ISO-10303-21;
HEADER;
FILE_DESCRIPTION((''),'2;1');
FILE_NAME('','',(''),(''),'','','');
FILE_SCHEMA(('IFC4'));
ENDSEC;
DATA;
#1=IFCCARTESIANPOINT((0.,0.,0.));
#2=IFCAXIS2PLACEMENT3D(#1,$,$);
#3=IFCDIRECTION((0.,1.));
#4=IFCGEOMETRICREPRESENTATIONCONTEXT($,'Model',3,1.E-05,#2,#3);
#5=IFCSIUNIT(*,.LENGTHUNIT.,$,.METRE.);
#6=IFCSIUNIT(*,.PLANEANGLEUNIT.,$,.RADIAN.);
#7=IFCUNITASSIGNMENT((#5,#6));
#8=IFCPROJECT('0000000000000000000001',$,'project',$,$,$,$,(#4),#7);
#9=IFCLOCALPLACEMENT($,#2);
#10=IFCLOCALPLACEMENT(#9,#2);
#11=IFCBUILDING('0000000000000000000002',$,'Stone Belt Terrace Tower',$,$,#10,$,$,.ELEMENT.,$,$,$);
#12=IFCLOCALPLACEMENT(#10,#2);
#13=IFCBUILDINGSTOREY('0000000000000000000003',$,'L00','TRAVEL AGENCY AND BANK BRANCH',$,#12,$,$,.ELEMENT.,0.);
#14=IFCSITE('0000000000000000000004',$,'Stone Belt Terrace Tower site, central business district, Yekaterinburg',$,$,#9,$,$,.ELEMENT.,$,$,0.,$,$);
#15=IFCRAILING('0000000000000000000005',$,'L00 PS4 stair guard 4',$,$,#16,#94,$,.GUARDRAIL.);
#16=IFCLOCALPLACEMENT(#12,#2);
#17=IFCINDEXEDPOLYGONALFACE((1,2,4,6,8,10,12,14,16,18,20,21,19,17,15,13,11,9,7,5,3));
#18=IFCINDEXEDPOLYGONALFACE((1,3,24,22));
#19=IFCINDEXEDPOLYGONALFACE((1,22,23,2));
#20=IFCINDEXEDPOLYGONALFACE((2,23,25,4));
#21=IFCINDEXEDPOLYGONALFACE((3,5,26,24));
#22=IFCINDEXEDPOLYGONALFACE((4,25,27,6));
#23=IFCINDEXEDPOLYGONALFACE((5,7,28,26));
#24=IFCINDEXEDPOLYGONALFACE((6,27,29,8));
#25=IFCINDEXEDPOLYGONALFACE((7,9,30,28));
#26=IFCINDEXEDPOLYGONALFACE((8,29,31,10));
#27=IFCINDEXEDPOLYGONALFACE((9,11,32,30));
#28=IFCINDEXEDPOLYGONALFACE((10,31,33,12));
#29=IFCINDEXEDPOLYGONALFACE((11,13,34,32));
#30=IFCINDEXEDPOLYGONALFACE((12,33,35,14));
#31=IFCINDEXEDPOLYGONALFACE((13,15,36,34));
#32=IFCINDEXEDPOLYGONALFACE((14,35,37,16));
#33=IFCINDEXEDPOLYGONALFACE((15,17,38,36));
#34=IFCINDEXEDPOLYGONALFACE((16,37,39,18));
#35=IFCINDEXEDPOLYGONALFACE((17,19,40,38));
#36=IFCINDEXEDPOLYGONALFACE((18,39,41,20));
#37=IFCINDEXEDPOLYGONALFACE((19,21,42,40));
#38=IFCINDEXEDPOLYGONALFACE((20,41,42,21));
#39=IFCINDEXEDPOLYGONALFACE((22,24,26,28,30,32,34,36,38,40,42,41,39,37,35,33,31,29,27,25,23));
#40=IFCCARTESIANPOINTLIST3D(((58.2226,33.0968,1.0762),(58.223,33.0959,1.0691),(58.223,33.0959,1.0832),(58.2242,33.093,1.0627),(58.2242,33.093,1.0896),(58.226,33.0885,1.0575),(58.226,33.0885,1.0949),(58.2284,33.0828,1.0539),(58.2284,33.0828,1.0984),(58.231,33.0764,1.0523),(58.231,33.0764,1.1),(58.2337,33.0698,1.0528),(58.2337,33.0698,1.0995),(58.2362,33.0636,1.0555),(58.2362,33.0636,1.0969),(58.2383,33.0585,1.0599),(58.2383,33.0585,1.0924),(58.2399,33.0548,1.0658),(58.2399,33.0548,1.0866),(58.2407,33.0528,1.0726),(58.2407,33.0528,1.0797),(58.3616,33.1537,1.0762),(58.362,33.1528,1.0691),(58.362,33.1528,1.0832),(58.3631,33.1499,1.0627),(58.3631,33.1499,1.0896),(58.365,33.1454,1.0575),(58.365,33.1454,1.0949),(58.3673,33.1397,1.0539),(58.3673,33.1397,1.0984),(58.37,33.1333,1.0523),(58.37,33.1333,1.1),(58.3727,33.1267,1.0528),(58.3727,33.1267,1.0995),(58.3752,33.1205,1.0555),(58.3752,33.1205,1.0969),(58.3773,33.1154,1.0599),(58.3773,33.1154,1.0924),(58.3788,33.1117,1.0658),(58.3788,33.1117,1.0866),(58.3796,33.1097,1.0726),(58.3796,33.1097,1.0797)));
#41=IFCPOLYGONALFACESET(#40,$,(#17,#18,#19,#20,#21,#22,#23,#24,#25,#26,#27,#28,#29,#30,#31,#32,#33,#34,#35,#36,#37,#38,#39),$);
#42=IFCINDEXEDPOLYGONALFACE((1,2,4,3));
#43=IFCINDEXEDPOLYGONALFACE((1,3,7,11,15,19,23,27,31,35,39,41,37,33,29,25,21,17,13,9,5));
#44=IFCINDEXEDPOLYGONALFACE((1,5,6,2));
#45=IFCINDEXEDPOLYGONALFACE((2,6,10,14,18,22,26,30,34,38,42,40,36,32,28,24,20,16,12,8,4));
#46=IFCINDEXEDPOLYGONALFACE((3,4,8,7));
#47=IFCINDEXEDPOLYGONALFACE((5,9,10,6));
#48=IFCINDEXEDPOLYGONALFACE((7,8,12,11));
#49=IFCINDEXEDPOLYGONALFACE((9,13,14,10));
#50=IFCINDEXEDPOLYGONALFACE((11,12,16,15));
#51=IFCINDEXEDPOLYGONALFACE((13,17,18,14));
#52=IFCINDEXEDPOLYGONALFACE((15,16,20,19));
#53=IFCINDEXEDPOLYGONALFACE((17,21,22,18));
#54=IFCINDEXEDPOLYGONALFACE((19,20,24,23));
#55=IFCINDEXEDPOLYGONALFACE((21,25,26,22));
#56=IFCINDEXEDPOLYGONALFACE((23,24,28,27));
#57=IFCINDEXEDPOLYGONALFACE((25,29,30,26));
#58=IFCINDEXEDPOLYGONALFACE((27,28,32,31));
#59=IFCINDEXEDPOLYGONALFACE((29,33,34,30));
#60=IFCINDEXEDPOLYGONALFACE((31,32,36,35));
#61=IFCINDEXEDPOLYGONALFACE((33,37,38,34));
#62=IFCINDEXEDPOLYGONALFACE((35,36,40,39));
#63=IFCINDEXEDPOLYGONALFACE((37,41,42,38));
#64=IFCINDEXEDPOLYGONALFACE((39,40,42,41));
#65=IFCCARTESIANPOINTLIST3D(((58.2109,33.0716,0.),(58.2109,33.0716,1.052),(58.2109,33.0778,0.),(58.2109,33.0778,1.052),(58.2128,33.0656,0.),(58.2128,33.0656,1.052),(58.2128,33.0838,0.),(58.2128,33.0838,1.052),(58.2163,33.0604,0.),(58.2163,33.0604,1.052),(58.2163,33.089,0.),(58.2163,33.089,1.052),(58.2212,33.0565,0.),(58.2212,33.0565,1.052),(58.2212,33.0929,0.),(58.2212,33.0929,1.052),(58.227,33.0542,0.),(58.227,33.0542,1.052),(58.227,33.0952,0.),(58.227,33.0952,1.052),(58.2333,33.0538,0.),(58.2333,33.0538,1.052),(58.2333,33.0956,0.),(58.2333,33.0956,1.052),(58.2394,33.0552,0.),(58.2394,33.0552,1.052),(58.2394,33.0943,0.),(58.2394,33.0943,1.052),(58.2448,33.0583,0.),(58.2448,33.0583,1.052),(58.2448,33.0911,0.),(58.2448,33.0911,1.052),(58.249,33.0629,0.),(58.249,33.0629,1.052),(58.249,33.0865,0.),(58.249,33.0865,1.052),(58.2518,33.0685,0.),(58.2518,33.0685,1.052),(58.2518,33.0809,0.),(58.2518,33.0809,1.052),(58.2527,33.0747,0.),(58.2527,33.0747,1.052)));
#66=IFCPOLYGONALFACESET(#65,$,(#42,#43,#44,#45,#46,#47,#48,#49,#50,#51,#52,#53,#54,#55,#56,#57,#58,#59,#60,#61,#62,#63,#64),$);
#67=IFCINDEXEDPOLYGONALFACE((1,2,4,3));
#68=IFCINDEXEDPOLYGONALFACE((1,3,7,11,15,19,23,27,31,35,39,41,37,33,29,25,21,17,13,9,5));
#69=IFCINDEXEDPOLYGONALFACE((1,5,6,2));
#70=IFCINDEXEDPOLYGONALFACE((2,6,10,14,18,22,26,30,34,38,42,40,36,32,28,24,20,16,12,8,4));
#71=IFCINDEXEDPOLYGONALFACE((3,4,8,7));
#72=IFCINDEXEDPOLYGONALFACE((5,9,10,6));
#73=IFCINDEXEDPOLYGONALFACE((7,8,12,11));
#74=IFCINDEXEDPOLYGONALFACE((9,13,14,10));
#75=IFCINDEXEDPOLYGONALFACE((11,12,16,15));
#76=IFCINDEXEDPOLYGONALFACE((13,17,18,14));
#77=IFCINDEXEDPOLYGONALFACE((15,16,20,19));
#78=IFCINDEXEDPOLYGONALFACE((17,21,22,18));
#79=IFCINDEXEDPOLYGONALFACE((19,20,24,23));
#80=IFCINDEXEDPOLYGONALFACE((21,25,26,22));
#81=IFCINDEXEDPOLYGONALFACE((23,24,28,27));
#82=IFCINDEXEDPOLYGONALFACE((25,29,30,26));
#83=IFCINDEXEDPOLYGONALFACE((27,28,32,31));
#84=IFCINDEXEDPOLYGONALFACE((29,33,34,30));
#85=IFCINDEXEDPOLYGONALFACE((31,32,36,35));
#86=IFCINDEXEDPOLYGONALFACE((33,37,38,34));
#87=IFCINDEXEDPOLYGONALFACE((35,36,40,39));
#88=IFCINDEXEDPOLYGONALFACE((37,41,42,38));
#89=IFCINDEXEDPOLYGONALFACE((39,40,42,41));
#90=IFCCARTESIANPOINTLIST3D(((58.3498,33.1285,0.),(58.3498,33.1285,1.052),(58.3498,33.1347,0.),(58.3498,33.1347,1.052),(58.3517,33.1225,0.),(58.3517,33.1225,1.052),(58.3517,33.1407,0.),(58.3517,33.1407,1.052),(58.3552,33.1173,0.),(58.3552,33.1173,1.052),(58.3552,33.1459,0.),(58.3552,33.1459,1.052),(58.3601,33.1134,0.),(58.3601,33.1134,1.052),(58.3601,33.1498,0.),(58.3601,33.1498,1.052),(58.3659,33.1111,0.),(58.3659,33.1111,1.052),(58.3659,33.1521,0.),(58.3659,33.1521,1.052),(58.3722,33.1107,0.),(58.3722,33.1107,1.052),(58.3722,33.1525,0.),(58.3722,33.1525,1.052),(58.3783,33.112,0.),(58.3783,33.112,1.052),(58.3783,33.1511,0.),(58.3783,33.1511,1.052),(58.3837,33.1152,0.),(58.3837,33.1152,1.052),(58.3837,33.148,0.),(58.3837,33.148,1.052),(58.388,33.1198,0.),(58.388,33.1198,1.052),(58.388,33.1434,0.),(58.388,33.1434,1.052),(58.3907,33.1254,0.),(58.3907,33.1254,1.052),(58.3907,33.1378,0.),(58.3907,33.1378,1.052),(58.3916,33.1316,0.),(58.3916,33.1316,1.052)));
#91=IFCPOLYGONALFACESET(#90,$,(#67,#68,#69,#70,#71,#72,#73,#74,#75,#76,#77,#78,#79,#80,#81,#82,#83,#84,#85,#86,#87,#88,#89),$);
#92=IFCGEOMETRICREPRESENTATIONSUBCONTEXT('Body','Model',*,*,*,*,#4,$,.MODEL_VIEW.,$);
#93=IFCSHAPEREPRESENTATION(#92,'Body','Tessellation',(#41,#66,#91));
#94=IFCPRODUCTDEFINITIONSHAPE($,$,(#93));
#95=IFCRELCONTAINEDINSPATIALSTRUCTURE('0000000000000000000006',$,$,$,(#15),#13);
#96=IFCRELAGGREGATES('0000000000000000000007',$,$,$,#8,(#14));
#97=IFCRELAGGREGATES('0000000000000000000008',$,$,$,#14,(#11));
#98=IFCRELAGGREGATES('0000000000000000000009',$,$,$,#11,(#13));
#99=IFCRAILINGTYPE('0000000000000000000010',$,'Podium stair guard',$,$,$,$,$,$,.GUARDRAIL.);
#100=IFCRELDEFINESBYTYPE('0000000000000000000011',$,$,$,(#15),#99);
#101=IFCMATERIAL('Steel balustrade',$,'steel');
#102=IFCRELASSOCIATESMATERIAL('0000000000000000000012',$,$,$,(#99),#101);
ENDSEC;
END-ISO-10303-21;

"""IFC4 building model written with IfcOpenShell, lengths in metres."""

from ifc_helpers import new_model, si_unit, direction, frame, origin, origin_2d, place, context, subcontext, project, spatial, circle, extrude, material, type_object, element, save


model = new_model("IFC4")

# Units and contexts
model_context = context("Model", 3, precision=1e-05, world=origin(), true_north=direction((0.0, 1.0)))
body_context = subcontext(model_context, "Body", "Model", "MODEL_VIEW")
ifc_project = project(units=[si_unit("LENGTHUNIT", "METRE"), si_unit("PLANEANGLEUNIT", "RADIAN")], contexts=[model_context])

# Site, building, storey
site_placement = place(None, origin())
site = spatial("IfcSite", under=ifc_project, at=site_placement, Name="Stone Belt Terrace Tower site, central business district, Yekaterinburg", CompositionType="ELEMENT", RefElevation=0.0)
building_placement = place(site_placement, origin())
building = spatial("IfcBuilding", under=site, at=building_placement, Name="Stone Belt Terrace Tower", CompositionType="ELEMENT")
storey_placement = place(building_placement, origin())
storey = spatial("IfcBuildingStorey", under=building, at=storey_placement, Name="L00", Description="TRAVEL AGENCY AND BANK BRANCH", CompositionType="ELEMENT", Elevation=0.0)

# Railing
ifc_material_1 = material(Name="Steel balustrade", Category="steel")
railing_type_1 = type_object("IfcRailingType", Name="Podium stair guard", PredefinedType="GUARDRAIL", material=ifc_material_1)
railing_1_placement = place(storey_placement, frame((58.2317, 33.0747, 0.0)))
element("IfcRailing", 1, at=railing_1_placement, inside=storey, type_object=railing_type_1, Name="L00 PS4 stair guard 4", PredefinedType="GUARDRAIL", context=body_context, shape_type="SweptSolid", body=[
    extrude(circle(Radius=0.0239, at=origin_2d()), frame((0.0, 0.0, 1.0762), z_axis=(0.925417, 0.378949, 0.0), x_axis=(-0.378949, 0.925417, 0.0)), (0.0, 0.0, 1.0), 0.1501),
    extrude(circle(Radius=0.021, at=origin_2d()), origin(), (0.0, 0.0, 1.0), 1.052),
    extrude(circle(Radius=0.021, at=origin_2d()), frame((0.1389, 0.0569, 0.0)), (0.0, 0.0, 1.0), 1.052),
])

save(model, "model.ifc")
